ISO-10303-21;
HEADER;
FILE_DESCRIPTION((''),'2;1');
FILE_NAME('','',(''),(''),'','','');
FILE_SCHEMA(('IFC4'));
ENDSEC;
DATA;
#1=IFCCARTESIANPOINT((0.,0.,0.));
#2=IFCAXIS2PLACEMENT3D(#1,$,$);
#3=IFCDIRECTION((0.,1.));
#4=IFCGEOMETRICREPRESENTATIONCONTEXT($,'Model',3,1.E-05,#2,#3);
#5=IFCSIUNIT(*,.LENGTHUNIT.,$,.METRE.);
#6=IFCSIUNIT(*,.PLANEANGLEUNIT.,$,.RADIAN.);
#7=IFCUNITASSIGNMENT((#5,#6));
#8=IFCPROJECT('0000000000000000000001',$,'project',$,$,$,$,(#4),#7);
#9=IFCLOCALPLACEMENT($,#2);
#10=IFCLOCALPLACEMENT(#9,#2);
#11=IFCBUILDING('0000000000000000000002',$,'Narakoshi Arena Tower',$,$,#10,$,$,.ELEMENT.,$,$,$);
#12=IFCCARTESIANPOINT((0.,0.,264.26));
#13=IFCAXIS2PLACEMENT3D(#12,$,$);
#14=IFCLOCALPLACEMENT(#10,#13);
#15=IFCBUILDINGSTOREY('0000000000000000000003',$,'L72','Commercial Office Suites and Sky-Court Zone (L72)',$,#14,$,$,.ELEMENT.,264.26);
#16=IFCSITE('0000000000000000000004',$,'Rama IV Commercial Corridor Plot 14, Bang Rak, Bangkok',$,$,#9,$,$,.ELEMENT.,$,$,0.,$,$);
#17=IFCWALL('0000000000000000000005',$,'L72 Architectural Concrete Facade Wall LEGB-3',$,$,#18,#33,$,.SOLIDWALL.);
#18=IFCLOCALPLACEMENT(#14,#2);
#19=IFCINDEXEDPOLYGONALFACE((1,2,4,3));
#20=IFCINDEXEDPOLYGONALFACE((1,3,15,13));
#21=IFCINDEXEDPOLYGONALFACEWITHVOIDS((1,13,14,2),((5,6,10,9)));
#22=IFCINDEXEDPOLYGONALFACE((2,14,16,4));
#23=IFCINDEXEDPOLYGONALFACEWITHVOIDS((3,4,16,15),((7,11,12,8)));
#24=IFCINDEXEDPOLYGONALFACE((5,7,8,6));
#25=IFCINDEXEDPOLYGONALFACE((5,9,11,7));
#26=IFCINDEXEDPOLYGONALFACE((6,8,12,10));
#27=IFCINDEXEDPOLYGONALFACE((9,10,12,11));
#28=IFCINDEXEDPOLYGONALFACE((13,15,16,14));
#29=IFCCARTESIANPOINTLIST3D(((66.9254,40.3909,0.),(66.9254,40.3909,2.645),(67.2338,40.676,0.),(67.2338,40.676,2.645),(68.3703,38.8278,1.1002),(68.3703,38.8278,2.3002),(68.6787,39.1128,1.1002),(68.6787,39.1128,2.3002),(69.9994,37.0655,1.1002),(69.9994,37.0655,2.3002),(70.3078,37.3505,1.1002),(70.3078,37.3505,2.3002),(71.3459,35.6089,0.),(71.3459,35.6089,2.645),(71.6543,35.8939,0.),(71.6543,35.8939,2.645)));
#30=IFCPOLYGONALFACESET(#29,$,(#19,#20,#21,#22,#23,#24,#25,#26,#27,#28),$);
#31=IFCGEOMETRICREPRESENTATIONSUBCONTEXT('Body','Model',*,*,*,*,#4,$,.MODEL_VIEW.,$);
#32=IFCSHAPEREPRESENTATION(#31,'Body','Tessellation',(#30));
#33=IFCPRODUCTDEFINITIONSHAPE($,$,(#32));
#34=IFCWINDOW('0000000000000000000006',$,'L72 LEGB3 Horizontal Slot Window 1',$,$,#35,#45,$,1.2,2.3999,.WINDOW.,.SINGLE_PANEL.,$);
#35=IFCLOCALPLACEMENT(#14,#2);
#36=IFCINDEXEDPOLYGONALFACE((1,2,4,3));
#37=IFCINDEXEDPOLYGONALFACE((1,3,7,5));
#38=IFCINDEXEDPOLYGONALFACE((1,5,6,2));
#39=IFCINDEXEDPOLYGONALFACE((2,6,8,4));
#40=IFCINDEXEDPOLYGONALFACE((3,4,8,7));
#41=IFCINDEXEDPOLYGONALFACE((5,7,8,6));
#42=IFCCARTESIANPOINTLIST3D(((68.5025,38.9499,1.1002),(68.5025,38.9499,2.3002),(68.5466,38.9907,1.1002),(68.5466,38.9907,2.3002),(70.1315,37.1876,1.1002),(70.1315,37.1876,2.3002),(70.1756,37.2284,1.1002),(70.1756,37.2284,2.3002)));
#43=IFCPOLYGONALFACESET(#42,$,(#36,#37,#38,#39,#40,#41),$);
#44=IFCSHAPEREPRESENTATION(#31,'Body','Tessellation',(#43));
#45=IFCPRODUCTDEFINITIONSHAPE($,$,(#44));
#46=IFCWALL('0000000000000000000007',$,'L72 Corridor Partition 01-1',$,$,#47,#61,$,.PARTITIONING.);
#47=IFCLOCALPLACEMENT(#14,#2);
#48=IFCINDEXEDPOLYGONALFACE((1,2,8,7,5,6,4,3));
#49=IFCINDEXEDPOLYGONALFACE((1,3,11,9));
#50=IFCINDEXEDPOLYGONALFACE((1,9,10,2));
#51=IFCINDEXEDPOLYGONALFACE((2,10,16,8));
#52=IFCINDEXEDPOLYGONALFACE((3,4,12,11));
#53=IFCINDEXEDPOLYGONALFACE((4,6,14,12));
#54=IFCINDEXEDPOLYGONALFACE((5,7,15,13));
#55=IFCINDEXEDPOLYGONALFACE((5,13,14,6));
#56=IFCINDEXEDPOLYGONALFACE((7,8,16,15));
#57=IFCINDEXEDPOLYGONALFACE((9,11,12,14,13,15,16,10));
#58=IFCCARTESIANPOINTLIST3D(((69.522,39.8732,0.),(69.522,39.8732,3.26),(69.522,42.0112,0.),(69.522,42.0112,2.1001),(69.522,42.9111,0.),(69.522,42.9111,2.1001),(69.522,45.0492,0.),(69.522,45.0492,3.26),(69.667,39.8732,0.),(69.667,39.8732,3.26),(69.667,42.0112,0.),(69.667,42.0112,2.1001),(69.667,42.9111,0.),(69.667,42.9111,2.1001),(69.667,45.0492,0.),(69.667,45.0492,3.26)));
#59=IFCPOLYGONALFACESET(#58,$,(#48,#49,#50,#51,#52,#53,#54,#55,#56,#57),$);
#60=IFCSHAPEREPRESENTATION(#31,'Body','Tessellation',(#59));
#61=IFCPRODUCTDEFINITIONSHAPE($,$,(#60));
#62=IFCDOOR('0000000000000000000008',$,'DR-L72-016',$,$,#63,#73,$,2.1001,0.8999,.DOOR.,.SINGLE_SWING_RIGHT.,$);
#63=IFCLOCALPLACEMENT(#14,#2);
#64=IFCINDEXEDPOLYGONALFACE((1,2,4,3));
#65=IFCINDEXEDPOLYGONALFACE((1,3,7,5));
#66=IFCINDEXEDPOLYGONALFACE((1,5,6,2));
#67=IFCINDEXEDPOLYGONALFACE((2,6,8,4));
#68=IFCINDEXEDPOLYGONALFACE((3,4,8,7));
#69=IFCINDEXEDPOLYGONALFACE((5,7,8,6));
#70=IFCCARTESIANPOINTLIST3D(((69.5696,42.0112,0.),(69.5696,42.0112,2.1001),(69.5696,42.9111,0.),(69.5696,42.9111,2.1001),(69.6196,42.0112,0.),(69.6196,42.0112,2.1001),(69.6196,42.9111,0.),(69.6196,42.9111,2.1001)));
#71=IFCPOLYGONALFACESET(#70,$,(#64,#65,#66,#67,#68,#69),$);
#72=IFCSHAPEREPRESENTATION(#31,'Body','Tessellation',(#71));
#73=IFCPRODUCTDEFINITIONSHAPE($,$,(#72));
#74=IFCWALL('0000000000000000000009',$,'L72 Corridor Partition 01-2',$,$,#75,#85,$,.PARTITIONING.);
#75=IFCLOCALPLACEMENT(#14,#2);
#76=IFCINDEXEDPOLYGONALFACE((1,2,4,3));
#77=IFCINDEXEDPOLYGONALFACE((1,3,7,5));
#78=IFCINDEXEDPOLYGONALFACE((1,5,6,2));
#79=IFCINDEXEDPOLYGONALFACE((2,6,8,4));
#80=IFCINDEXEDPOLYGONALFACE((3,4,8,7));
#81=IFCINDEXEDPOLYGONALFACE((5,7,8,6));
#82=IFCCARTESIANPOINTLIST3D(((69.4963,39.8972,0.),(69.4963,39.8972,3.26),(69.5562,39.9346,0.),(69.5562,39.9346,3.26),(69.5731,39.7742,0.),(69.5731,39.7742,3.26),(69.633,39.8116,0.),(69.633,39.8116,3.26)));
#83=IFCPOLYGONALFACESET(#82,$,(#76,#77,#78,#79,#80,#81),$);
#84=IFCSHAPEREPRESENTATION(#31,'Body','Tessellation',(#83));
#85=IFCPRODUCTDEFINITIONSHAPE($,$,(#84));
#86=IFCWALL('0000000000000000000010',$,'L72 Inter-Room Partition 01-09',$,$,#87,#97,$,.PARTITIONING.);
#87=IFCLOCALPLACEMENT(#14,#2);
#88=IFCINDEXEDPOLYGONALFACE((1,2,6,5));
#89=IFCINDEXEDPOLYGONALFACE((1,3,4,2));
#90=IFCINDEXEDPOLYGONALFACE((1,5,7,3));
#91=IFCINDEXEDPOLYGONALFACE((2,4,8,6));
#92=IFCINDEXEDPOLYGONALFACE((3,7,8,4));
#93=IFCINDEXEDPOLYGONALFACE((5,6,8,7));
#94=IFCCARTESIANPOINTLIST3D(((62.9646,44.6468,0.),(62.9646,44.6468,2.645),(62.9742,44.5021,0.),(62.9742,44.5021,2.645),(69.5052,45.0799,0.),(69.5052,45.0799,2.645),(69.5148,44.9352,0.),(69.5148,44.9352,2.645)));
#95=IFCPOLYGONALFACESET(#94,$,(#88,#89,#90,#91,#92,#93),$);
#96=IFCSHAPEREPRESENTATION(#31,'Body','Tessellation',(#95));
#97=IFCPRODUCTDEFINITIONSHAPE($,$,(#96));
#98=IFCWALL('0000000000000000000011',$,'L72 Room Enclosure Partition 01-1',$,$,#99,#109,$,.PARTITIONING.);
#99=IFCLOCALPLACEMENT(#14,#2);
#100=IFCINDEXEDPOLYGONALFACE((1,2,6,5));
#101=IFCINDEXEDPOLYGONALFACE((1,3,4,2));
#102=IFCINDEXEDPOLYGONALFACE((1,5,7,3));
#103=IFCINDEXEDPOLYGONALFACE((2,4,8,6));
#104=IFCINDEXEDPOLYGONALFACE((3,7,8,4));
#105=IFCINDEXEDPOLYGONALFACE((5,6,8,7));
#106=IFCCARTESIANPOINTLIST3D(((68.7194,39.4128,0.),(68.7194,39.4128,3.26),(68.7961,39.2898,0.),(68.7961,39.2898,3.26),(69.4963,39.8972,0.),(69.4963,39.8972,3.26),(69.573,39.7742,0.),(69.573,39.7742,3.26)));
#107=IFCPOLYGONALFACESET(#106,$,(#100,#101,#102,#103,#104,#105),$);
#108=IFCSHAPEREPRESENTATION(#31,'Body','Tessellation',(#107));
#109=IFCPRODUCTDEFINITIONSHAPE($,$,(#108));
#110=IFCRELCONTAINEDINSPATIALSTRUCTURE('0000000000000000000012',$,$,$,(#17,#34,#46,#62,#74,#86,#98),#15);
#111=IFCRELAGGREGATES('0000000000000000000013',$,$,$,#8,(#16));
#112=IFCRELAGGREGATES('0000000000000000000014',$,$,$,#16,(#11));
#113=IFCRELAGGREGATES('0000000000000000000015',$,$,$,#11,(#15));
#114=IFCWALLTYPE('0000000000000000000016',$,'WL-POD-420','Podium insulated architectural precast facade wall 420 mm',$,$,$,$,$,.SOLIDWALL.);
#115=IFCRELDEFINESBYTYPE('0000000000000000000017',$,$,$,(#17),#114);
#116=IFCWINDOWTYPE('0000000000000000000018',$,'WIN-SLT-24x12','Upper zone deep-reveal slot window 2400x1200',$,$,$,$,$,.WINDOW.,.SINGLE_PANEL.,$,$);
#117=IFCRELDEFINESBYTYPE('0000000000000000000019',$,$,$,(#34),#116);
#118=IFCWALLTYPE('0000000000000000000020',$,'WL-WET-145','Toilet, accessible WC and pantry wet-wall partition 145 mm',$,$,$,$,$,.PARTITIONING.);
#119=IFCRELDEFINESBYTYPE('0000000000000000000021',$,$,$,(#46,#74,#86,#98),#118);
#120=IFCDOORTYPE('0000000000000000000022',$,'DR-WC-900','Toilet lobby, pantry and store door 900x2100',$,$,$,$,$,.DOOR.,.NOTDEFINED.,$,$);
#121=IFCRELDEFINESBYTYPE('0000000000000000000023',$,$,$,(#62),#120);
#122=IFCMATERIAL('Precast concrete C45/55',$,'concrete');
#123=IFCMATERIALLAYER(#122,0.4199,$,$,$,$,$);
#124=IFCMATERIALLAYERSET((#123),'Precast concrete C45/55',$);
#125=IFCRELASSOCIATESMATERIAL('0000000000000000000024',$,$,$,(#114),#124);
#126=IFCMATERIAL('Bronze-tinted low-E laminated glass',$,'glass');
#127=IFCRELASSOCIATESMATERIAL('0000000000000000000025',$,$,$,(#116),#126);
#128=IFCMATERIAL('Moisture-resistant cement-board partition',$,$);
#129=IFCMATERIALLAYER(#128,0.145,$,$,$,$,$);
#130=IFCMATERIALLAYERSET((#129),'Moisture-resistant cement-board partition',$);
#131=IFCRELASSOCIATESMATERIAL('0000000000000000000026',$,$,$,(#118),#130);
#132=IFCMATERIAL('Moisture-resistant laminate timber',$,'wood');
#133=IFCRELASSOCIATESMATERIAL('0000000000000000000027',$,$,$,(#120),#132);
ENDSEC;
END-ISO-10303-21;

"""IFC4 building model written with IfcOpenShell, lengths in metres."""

from ifc_helpers import new_model, si_unit, direction, frame, frame_2d, origin, place, context, subcontext, project, spatial, rectangle, extrude, material, layer, layer_set, type_object, element, fill, save


model = new_model("IFC4")

# Units and contexts
model_context = context("Model", 3, precision=1e-05, world=origin(), true_north=direction((0.0, 1.0)))
body_context = subcontext(model_context, "Body", "Model", "MODEL_VIEW")
ifc_project = project(units=[si_unit("LENGTHUNIT", "METRE"), si_unit("PLANEANGLEUNIT", "RADIAN")], contexts=[model_context])

# Site, building, storey
site_placement = place(None, origin())
site = spatial("IfcSite", under=ifc_project, at=site_placement, Name="Rama IV Commercial Corridor Plot 14, Bang Rak, Bangkok", CompositionType="ELEMENT", RefElevation=0.0)
building_placement = place(site_placement, origin())
building = spatial("IfcBuilding", under=site, at=building_placement, Name="Narakoshi Arena Tower", CompositionType="ELEMENT")
storey_placement = place(building_placement, frame((0.0, 0.0, 264.26)))
storey = spatial("IfcBuildingStorey", under=building, at=storey_placement, Name="L72", Description="Commercial Office Suites and Sky-Court Zone (L72)", CompositionType="ELEMENT", Elevation=264.26)

# Shared definitions
ifc_material_1 = material(Name="Bronze-tinted low-E laminated glass", Category="glass")

# Wall, opening, window
ifc_material_2 = material(Name="Precast concrete C45/55", Category="concrete")
ifc_layer_1 = layer(ifc_material_2, 0.4199)
ifc_layer_set_1 = layer_set([ifc_layer_1], Name="Precast concrete C45/55")
wall_type_1 = type_object("IfcWallType", Name="WL-POD-420", Description="Podium insulated architectural precast facade wall 420 mm", PredefinedType="SOLIDWALL", material=ifc_layer_set_1)
wall_1_placement = place(storey_placement, frame((67.0796, 40.5334, 0.0), z_axis=(0.0, 0.0, 1.0), x_axis=(0.6788, -0.734323, 0.0)))
wall_1 = element("IfcWall", 1, at=wall_1_placement, inside=storey, type_object=wall_type_1, Name="L72 Architectural Concrete Facade Wall LEGB-3", PredefinedType="SOLIDWALL", context=body_context, shape_type="SweptSolid", body=[
    extrude(rectangle(XDim=6.5122, YDim=0.4199, at=frame_2d((3.2561, 0.0))), origin(), (0.0, 0.0, 1.0), 2.645),
])
opening_1_placement = place(wall_1_placement, frame((2.1287, 0.0, 1.1001)))
opening_1 = element("IfcOpeningElement", 2, at=opening_1_placement, cuts=wall_1, PredefinedType="OPENING", context=body_context, shape_type="SweptSolid", body=[
    extrude(rectangle(XDim=2.3999, YDim=1.2, at=frame_2d((1.2, 0.6001))), frame((0.0, 0.22, 0.0), z_axis=(0.0, -1.0, 0.0), x_axis=(1.0, 0.0, 0.0)), (0.0, 0.0, 1.0), 0.4399),
])
window_type = type_object("IfcWindowType", Name="WIN-SLT-24x12", Description="Upper zone deep-reveal slot window 2400x1200", PartitioningType="SINGLE_PANEL", PredefinedType="WINDOW", material=ifc_material_1)
window_placement = place(opening_1_placement, origin())
window = element("IfcWindow", 3, at=window_placement, inside=storey, type_object=window_type, Name="L72 LEGB3 Horizontal Slot Window 1", OverallHeight=1.2, OverallWidth=2.3999, PartitioningType="SINGLE_PANEL", PredefinedType="WINDOW", context=body_context, shape_type="SweptSolid", body=[
    extrude(rectangle(XDim=2.3999, YDim=1.2, at=frame_2d((1.2, 0.6001))), frame((0.0, 0.03, 0.0), z_axis=(0.0, -1.0, 0.0), x_axis=(1.0, 0.0, 0.0)), (0.0, 0.0, 1.0), 0.0601),
])
fill(opening_1, window)

# Wall, opening, door
ifc_material_3 = material(Name="Moisture-resistant cement-board partition")
ifc_layer_2 = layer(ifc_material_3, 0.145)
ifc_layer_set_2 = layer_set([ifc_layer_2], Name="Moisture-resistant cement-board partition")
wall_type_2 = type_object("IfcWallType", Name="WL-WET-145", Description="Toilet, accessible WC and pantry wet-wall partition 145 mm", PredefinedType="PARTITIONING", material=ifc_layer_set_2)
wall_2_placement = place(storey_placement, frame((69.5945, 45.0491, 0.0), z_axis=(0.0, 0.0, 1.0), x_axis=(0.0, -1.0, 0.0)))
wall_2 = element("IfcWall", 4, at=wall_2_placement, inside=storey, type_object=wall_type_2, Name="L72 Corridor Partition 01-1", PredefinedType="PARTITIONING", context=body_context, shape_type="SweptSolid", body=[
    extrude(rectangle(XDim=5.176, YDim=0.145, at=frame_2d((2.5879, 0.0))), origin(), (0.0, 0.0, 1.0), 3.26),
])
opening_2_placement = place(wall_2_placement, frame((2.1379, 0.0, 0.0)))
opening_2 = element("IfcOpeningElement", 5, at=opening_2_placement, cuts=wall_2, PredefinedType="OPENING", context=body_context, shape_type="SweptSolid", body=[
    extrude(rectangle(XDim=0.8999, YDim=2.1001, at=frame_2d((0.45, 1.05))), frame((0.0, 0.0825, 0.0), z_axis=(0.0, -1.0, 0.0), x_axis=(1.0, 0.0, 0.0)), (0.0, 0.0, 1.0), 0.165),
])
ifc_material_4 = material(Name="Moisture-resistant laminate timber", Category="wood")
door_type_1 = type_object("IfcDoorType", Name="DR-WC-900", Description="Toilet lobby, pantry and store door 900x2100", OperationType="NOTDEFINED", PredefinedType="DOOR", material=ifc_material_4)
door_1_placement = place(opening_2_placement, frame((0.8999, 0.0, 0.0), z_axis=(0.0, 0.0, 1.0), x_axis=(-1.0, 0.0, 0.0)))
door_1 = element("IfcDoor", 6, at=door_1_placement, inside=storey, type_object=door_type_1, Name="DR-L72-016", OperationType="SINGLE_SWING_RIGHT", OverallHeight=2.1001, OverallWidth=0.8999, PredefinedType="DOOR", context=body_context, shape_type="SweptSolid", body=[
    extrude(rectangle(XDim=0.8999, YDim=2.1001, at=frame_2d((0.45, 1.05))), frame((0.0, 0.0249, 0.0), z_axis=(0.0, -1.0, 0.0), x_axis=(1.0, 0.0, 0.0)), (0.0, 0.0, 1.0), 0.05),
])
fill(opening_2, door_1)

# Walls
wall_3_placement = place(storey_placement, frame((69.5945, 39.873, 0.0), z_axis=(0.0, 0.0, 1.0), x_axis=(-0.848193, -0.529688, 0.0)))
element("IfcWall", 7, at=wall_3_placement, inside=storey, type_object=wall_type_2, Name="L72 Corridor Partition 01-2", PredefinedType="PARTITIONING", context=body_context, shape_type="SweptSolid", body=[
    extrude(rectangle(XDim=0.0706, YDim=0.145, at=frame_2d((0.0352, 0.0))), origin(), (0.0, 0.0, 1.0), 3.26),
])
wall_4_placement = place(storey_placement, frame((62.9695, 44.5745, 0.0), z_axis=(0.0, 0.0, 1.0), x_axis=(0.997815, 0.066074, 0.0)))
element("IfcWall", 8, at=wall_4_placement, inside=storey, type_object=wall_type_2, Name="L72 Inter-Room Partition 01-09", PredefinedType="PARTITIONING", context=body_context, shape_type="SweptSolid", body=[
    extrude(rectangle(XDim=6.5549, YDim=0.145, at=frame_2d((3.2773, 0.0))), origin(), (0.0, 0.0, 1.0), 2.645),
])
wall_5_placement = place(storey_placement, frame((69.5347, 39.8357, 0.0), z_axis=(0.0, 0.0, 1.0), x_axis=(-0.848567, -0.529088, 0.0)))
element("IfcWall", 9, at=wall_5_placement, inside=storey, type_object=wall_type_2, Name="L72 Room Enclosure Partition 01-1", PredefinedType="PARTITIONING", context=body_context, shape_type="SweptSolid", body=[
    extrude(rectangle(XDim=0.9155, YDim=0.145, at=frame_2d((0.4578, 0.0))), origin(), (0.0, 0.0, 1.0), 3.26),
])

save(model, "model.ifc")
